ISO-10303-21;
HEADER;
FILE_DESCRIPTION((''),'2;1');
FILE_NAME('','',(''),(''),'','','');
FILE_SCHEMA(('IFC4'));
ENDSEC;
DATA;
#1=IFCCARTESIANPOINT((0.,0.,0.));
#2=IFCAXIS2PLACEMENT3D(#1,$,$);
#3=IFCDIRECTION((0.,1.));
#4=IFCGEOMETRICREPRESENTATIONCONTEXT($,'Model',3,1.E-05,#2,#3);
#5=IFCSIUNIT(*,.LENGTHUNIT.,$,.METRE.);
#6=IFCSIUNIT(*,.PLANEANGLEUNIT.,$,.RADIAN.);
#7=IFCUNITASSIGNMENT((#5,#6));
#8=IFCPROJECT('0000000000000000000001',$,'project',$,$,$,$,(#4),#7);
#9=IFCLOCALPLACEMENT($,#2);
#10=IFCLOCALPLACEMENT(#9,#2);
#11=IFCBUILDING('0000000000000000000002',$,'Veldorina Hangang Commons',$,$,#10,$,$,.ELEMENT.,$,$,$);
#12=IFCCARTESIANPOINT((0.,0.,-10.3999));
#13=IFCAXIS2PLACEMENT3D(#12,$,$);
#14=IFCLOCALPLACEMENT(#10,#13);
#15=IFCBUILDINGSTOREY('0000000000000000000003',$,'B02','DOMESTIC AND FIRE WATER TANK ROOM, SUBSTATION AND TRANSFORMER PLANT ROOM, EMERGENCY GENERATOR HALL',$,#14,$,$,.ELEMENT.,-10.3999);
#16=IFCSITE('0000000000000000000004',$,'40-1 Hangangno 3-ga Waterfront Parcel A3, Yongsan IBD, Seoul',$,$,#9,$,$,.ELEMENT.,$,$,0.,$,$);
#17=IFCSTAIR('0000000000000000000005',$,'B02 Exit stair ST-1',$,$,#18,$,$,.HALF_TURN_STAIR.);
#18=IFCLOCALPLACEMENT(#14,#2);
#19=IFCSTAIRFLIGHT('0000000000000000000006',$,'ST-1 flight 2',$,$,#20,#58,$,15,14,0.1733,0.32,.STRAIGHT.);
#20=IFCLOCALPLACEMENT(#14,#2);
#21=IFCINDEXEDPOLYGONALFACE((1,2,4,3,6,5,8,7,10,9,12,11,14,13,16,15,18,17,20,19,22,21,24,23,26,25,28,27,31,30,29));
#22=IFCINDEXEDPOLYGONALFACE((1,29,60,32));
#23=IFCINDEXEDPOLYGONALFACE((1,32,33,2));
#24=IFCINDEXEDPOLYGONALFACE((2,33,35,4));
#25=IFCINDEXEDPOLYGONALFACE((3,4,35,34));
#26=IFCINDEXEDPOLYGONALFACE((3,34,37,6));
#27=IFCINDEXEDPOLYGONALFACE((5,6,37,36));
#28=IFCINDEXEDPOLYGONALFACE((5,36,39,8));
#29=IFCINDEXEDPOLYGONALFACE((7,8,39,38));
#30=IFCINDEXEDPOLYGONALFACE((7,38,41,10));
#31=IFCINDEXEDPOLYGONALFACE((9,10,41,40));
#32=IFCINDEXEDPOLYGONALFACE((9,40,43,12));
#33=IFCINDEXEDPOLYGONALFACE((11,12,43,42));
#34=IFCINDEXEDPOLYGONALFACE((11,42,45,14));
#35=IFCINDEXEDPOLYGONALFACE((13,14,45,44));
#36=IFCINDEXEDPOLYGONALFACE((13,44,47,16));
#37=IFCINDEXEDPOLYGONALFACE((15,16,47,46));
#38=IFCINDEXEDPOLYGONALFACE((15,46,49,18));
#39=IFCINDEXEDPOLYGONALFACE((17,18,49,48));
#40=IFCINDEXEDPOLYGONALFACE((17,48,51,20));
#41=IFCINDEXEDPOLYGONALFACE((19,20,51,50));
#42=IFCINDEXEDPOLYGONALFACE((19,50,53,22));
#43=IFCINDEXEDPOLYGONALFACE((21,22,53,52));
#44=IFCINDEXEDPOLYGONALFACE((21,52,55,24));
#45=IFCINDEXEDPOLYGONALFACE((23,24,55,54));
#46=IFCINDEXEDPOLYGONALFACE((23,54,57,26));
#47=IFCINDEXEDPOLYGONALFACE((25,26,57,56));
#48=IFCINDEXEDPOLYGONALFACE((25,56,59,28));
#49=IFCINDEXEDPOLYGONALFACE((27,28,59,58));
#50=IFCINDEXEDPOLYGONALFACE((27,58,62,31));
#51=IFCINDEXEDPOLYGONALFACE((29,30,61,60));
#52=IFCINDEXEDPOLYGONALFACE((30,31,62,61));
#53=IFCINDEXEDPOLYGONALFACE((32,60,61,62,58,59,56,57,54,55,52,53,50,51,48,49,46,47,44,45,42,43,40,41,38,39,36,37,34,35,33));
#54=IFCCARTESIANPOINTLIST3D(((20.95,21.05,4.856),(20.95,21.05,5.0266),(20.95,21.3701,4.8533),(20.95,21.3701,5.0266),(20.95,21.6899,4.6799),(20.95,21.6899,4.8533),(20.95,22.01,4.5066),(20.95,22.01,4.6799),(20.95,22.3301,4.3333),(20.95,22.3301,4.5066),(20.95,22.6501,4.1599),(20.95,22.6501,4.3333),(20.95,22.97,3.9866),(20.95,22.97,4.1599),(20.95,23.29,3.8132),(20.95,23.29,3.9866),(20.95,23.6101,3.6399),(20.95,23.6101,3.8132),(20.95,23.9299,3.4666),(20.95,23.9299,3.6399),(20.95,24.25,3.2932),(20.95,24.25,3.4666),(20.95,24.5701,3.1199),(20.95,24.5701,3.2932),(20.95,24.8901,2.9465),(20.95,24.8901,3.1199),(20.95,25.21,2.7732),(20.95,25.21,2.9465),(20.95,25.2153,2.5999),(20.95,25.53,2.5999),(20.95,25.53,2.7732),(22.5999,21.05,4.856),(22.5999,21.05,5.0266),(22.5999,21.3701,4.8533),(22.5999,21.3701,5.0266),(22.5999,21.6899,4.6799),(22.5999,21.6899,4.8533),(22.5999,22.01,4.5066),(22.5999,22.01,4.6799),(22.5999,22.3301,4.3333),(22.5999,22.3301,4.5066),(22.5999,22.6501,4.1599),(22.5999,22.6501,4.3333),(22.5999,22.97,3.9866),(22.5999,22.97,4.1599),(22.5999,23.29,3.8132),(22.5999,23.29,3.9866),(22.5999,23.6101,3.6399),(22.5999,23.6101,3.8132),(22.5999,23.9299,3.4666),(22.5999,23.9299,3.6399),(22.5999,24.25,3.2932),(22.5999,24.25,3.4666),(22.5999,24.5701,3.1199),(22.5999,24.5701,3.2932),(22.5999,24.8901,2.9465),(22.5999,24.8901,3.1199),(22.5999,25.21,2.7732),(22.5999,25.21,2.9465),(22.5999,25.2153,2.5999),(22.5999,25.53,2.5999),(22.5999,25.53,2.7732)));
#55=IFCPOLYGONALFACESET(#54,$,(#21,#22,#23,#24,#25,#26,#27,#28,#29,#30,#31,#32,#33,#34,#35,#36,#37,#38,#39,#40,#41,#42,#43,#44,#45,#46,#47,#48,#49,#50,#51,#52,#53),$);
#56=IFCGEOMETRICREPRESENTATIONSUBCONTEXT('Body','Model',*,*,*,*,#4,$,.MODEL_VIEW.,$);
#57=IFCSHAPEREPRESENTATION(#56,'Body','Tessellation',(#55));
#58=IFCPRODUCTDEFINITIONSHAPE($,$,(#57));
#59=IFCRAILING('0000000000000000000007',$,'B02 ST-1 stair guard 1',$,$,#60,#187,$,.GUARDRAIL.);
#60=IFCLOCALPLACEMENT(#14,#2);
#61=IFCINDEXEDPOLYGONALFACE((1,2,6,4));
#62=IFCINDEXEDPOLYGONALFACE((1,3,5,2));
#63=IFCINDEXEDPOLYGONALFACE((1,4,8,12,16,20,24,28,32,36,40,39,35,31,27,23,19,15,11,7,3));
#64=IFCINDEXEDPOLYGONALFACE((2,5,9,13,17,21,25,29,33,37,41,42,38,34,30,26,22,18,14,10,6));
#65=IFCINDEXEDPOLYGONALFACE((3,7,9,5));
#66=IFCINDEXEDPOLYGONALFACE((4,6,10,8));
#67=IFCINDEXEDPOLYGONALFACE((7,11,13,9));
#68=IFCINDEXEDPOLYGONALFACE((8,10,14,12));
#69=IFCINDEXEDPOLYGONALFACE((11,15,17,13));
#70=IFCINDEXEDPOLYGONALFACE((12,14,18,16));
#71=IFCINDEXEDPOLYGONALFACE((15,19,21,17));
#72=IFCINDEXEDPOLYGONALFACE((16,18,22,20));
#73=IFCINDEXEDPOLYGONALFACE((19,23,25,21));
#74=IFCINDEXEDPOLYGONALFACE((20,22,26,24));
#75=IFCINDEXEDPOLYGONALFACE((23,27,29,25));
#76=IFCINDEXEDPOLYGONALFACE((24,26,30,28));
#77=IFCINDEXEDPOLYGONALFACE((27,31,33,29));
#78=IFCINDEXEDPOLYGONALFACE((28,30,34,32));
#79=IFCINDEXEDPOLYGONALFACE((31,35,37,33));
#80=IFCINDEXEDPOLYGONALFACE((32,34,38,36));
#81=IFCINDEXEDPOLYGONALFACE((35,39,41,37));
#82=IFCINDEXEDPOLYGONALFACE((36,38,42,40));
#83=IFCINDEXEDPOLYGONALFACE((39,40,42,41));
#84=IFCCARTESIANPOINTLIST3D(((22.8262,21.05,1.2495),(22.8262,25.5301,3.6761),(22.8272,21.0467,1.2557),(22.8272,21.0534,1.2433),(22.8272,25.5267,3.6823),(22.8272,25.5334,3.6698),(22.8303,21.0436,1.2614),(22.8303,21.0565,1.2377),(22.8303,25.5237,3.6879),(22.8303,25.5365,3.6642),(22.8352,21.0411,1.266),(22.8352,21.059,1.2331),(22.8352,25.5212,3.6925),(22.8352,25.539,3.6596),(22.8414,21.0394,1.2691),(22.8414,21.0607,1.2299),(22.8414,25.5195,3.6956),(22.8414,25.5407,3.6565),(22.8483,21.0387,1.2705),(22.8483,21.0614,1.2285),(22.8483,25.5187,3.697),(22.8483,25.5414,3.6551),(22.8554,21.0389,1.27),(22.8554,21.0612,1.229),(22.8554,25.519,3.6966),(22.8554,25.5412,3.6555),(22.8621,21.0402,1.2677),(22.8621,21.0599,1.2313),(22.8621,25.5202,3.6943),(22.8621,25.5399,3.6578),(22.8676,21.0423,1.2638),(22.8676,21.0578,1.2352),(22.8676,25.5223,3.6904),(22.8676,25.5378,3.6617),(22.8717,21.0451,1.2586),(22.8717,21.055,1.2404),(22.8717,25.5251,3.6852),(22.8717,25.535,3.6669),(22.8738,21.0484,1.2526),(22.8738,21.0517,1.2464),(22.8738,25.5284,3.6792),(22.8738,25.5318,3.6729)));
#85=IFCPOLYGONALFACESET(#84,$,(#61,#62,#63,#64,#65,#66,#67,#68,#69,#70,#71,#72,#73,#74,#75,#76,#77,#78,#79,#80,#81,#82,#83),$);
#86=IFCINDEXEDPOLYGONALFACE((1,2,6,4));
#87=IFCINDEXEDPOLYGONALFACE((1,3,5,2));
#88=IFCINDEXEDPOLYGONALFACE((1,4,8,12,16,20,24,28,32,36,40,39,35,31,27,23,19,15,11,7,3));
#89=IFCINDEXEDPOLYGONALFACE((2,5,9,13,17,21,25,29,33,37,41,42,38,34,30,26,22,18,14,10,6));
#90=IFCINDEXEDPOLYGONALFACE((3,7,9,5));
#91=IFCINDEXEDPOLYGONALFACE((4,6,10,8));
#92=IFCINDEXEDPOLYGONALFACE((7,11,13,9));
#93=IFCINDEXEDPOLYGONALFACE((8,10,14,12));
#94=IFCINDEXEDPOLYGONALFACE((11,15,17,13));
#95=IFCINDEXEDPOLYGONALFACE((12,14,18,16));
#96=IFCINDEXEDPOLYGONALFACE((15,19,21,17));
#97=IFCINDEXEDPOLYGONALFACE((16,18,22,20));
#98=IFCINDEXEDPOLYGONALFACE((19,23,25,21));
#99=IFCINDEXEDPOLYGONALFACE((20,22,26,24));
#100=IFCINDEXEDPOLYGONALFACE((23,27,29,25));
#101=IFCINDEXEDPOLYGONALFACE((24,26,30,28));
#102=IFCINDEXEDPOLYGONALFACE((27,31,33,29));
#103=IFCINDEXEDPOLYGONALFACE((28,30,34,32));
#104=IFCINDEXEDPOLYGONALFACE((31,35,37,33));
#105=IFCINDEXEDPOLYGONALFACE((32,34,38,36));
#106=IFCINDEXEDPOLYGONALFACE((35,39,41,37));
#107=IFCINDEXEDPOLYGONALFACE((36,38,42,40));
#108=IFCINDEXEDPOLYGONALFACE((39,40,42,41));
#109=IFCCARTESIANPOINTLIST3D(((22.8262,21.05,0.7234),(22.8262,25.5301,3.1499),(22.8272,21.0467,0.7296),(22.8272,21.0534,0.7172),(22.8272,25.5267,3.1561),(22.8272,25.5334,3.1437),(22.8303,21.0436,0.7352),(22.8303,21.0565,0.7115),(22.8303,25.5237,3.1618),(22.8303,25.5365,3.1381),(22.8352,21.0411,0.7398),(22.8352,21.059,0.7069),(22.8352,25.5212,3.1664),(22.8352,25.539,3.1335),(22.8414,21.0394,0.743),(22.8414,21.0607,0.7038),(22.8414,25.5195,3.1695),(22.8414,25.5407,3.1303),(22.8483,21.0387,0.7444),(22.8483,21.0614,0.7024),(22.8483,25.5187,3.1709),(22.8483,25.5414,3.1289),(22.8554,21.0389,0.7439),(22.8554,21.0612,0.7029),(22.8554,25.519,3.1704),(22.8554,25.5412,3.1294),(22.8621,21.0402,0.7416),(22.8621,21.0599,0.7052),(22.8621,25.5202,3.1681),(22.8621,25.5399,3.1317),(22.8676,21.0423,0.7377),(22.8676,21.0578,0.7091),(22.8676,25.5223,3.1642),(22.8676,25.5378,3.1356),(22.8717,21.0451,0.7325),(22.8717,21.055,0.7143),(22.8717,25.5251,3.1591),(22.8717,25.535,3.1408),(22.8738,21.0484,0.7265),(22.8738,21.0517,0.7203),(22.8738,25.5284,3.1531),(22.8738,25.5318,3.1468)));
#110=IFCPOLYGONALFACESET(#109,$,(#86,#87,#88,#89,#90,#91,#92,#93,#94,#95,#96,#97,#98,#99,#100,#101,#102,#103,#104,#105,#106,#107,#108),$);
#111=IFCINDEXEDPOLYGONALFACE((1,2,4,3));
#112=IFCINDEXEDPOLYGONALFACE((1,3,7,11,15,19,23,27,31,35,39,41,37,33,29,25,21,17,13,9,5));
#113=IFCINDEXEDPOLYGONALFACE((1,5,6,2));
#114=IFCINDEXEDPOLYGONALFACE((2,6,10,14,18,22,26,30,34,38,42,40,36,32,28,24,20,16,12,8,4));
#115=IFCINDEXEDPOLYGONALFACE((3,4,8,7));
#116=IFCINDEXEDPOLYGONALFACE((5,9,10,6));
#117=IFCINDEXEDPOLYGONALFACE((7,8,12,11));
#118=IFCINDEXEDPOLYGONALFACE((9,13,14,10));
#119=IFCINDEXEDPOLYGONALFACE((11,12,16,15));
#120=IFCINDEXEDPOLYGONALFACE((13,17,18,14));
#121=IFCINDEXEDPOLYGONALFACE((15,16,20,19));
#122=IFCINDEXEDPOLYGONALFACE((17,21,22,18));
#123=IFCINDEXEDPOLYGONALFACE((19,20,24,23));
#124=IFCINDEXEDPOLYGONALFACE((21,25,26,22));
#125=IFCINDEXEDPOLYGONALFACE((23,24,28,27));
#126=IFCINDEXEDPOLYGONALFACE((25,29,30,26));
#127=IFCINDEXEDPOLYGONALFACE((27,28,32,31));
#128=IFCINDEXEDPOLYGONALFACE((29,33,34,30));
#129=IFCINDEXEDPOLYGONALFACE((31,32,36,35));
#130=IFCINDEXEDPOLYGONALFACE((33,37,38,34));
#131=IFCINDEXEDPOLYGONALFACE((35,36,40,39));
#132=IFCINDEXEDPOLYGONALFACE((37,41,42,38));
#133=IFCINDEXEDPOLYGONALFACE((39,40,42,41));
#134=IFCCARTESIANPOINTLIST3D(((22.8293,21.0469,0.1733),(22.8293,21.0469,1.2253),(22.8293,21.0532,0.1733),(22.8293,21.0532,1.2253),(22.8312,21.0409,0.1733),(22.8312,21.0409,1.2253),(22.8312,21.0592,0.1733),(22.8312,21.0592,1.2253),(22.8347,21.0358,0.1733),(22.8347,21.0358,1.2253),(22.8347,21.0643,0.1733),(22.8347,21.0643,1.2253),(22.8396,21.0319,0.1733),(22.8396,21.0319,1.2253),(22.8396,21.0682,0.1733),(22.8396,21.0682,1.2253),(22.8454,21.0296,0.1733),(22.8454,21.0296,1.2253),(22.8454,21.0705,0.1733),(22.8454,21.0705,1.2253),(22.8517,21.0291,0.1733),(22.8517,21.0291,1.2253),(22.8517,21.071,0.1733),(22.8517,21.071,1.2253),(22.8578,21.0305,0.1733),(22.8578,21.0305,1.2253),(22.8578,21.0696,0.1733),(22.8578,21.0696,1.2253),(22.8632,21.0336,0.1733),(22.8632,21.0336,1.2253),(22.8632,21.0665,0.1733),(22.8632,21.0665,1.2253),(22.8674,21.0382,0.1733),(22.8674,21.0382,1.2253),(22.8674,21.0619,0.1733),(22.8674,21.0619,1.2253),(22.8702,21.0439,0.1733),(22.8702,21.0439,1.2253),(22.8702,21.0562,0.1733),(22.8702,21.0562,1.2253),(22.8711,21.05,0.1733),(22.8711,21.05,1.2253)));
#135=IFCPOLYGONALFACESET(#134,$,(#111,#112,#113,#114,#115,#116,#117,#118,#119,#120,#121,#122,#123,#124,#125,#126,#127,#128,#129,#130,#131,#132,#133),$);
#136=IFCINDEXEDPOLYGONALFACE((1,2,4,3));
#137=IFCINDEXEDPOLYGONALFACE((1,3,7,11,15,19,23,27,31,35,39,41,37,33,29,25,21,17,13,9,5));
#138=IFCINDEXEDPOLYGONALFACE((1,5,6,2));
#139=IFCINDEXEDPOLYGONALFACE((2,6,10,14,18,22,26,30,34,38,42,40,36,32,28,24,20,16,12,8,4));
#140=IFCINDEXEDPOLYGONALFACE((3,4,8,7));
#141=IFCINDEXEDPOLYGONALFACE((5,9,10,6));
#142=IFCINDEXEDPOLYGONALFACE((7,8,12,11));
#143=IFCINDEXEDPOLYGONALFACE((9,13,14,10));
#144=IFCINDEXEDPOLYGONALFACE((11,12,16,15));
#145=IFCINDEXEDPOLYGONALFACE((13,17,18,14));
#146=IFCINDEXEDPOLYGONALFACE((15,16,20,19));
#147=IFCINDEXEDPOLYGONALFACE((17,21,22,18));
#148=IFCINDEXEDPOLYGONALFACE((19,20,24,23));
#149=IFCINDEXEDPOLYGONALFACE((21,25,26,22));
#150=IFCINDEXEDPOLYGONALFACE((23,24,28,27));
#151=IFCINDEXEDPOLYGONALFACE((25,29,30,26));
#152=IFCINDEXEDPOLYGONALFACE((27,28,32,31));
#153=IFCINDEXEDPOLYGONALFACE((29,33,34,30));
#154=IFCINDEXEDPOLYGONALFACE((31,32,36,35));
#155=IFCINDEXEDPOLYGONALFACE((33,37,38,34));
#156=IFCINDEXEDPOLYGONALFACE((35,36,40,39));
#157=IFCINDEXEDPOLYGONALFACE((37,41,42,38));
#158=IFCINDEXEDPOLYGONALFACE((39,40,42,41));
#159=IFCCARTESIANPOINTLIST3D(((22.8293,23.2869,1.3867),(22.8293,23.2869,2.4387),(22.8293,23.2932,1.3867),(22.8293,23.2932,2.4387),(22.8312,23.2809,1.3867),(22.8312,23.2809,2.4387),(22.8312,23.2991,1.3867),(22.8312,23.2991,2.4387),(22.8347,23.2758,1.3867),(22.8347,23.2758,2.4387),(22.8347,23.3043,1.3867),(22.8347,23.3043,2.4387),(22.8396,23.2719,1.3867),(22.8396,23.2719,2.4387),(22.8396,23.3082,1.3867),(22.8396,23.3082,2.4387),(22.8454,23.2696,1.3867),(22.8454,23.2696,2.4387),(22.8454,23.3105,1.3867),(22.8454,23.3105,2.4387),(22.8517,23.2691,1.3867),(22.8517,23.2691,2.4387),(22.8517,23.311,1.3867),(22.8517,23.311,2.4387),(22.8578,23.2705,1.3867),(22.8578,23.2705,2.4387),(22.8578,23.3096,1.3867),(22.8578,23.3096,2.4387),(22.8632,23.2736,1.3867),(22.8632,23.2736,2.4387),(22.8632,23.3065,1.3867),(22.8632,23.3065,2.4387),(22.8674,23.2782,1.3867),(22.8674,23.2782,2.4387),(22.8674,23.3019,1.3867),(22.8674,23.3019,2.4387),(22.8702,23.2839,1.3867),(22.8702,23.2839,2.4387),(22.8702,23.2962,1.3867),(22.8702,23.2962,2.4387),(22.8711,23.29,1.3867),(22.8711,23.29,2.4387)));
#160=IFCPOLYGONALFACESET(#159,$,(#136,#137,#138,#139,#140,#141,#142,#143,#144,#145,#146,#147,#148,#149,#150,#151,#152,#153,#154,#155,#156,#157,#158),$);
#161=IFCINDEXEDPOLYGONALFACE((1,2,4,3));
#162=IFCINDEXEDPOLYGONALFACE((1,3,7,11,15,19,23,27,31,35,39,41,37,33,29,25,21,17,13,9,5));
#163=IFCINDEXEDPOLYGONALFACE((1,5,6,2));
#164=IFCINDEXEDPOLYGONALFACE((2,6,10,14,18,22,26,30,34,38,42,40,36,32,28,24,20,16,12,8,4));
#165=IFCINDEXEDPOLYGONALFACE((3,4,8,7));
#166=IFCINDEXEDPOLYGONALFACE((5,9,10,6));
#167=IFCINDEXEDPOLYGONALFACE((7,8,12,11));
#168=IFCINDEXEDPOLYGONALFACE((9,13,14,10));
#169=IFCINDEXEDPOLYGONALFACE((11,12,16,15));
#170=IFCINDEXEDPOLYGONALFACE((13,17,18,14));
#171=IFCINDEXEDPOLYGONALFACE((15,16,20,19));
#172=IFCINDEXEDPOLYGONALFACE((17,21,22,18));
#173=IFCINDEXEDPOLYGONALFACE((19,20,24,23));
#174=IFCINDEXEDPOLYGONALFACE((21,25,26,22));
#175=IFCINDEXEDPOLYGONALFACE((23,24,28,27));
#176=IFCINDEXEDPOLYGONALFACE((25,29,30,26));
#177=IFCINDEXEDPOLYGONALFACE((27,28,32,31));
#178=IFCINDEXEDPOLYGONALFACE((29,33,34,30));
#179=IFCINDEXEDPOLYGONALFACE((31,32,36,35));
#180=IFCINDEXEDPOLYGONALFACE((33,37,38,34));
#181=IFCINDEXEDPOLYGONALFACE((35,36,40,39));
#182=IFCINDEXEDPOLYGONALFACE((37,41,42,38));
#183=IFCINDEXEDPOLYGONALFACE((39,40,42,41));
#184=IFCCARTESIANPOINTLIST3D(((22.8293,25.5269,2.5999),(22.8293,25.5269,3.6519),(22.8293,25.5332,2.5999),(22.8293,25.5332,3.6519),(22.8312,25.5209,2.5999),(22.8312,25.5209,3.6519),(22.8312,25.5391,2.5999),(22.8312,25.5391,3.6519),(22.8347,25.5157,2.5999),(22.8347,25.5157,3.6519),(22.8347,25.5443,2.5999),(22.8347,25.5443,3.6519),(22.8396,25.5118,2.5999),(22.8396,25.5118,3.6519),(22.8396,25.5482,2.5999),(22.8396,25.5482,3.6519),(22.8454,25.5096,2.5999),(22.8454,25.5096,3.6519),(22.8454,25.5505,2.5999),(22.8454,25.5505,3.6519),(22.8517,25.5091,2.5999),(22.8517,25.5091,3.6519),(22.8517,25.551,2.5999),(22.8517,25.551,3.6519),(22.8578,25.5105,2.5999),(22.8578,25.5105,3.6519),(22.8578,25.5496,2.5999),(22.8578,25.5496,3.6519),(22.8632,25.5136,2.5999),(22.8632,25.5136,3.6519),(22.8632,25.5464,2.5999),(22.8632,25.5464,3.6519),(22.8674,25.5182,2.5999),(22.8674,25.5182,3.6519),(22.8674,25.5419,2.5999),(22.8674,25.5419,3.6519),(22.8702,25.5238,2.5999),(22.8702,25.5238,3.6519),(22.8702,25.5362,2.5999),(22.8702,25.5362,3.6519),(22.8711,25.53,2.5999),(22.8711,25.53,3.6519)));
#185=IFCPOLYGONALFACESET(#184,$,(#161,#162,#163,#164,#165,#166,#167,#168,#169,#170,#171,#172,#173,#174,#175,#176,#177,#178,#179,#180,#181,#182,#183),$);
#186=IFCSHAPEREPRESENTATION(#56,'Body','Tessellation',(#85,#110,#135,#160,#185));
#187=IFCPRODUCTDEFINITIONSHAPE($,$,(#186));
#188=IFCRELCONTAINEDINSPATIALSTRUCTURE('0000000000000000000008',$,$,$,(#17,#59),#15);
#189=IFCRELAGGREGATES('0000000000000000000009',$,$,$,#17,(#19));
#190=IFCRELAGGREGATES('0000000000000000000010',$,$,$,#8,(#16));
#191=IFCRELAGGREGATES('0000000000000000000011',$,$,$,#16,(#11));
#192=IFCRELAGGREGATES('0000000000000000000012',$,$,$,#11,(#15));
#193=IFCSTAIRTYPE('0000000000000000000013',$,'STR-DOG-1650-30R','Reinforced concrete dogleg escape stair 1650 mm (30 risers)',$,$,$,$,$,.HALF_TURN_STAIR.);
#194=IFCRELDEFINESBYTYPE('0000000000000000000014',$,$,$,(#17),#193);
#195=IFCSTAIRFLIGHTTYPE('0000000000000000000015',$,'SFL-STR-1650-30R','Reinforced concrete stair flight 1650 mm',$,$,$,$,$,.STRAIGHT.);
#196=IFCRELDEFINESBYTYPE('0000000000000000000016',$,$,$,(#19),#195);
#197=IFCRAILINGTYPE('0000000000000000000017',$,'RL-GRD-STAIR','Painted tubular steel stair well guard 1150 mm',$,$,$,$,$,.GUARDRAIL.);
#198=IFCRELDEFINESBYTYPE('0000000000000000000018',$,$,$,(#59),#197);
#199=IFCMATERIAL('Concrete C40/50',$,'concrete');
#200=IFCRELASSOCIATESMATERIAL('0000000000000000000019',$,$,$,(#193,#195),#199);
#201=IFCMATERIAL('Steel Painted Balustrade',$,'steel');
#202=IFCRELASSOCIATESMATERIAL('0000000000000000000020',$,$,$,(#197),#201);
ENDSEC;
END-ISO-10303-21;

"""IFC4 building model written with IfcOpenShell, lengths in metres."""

from ifc_helpers import new_model, si_unit, direction, frame, origin, origin_2d, place, context, subcontext, project, spatial, polyline, circle, outline, extrude, material, type_object, element, aggregate, save


model = new_model("IFC4")

# Units and contexts
model_context = context("Model", 3, precision=1e-05, world=origin(), true_north=direction((0.0, 1.0)))
body_context = subcontext(model_context, "Body", "Model", "MODEL_VIEW")
ifc_project = project(units=[si_unit("LENGTHUNIT", "METRE"), si_unit("PLANEANGLEUNIT", "RADIAN")], contexts=[model_context])

# Site, building, storey
site_placement = place(None, origin())
site = spatial("IfcSite", under=ifc_project, at=site_placement, Name="40-1 Hangangno 3-ga Waterfront Parcel A3, Yongsan IBD, Seoul", CompositionType="ELEMENT", RefElevation=0.0)
building_placement = place(site_placement, origin())
building = spatial("IfcBuilding", under=site, at=building_placement, Name="Veldorina Hangang Commons", CompositionType="ELEMENT")
storey_placement = place(building_placement, frame((0.0, 0.0, -10.3999)))
storey = spatial("IfcBuildingStorey", under=building, at=storey_placement, Name="B02", Description="DOMESTIC AND FIRE WATER TANK ROOM, SUBSTATION AND TRANSFORMER PLANT ROOM, EMERGENCY GENERATOR HALL", CompositionType="ELEMENT", Elevation=-10.3999)

# Stair, stair flight
ifc_material_1 = material(Name="Concrete C40/50", Category="concrete")
stair_type = type_object("IfcStairType", Name="STR-DOG-1650-30R", Description="Reinforced concrete dogleg escape stair 1650 mm (30 risers)", PredefinedType="HALF_TURN_STAIR", material=ifc_material_1)
stair_placement = place(storey_placement, origin())
stair = element("IfcStair", 1, at=stair_placement, inside=storey, type_object=stair_type, Name="B02 Exit stair ST-1", PredefinedType="HALF_TURN_STAIR")
stair_flight_type = type_object("IfcStairFlightType", Name="SFL-STR-1650-30R", Description="Reinforced concrete stair flight 1650 mm", PredefinedType="STRAIGHT", material=ifc_material_1)
stair_flight_1_placement = place(storey_placement, frame((21.7749, 25.53, 2.5999), z_axis=(0.0, 0.0, 1.0), x_axis=(0.0, -1.0, 0.0)))
stair_flight_1 = element("IfcStairFlight", 2, at=stair_flight_1_placement, type_object=stair_flight_type, Name="ST-1 flight 2", NumberOfRisers=15, NumberOfTreads=14, PredefinedType="STRAIGHT", RiserHeight=0.1733, TreadLength=0.32, context=body_context, shape_type="SweptSolid", body=[
    extrude(outline(polyline([(0.0, 0.0), (0.0, 0.1733), (0.3201, 0.1733), (0.3201, 0.3467), (0.6399, 0.3467), (0.6399, 0.52), (0.96, 0.52), (0.96, 0.6934), (1.28, 0.6934), (1.28, 0.8667), (1.6001, 0.8667), (1.6001, 1.04), (1.9199, 1.04), (1.9199, 1.2134), (2.24, 1.2134), (2.24, 1.3867), (2.5601, 1.3867), (2.5601, 1.5601), (2.8799, 1.5601), (2.8799, 1.7334), (3.2, 1.7334), (3.2, 1.9067), (3.52, 1.9067), (3.52, 2.0801), (3.8401, 2.0801), (3.8401, 2.2534), (4.1599, 2.2534), (4.1599, 2.4268), (4.48, 2.4268), (4.48, 2.6001), (4.48, 2.2561), (0.3147, 0.0), (0.0, 0.0)])), frame((0.0, 0.825, 0.0), z_axis=(0.0, -1.0, 0.0), x_axis=(1.0, 0.0, 0.0)), (0.0, 0.0, 1.0), 1.6499),
])
aggregate(stair, [stair_flight_1])

# Railing
ifc_material_2 = material(Name="Steel Painted Balustrade", Category="steel")
railing_type_1 = type_object("IfcRailingType", Name="RL-GRD-STAIR", Description="Painted tubular steel stair well guard 1150 mm", PredefinedType="GUARDRAIL", material=ifc_material_2)
railing_1_placement = place(storey_placement, frame((22.8501, 21.05, 0.1733)))
element("IfcRailing", 3, at=railing_1_placement, inside=storey, type_object=railing_type_1, Name="B02 ST-1 stair guard 1", PredefinedType="GUARDRAIL", context=body_context, shape_type="SweptSolid", body=[
    extrude(circle(Radius=0.0239, at=origin_2d()), frame((0.0, 0.0, 1.0762), z_axis=(0.0, 0.879304, 0.476262), x_axis=(-1.0, 0.0, 0.0)), (0.0, 0.0, 1.0), 5.095),
    extrude(circle(Radius=0.0239, at=origin_2d()), frame((0.0, 0.0, 0.55), z_axis=(0.0, 0.879304, 0.476262), x_axis=(-1.0, 0.0, 0.0)), (0.0, 0.0, 1.0), 5.095),
    extrude(circle(Radius=0.021, at=origin_2d()), origin(), (0.0, 0.0, 1.0), 1.052),
    extrude(circle(Radius=0.021, at=origin_2d()), frame((0.0, 2.24, 1.2134)), (0.0, 0.0, 1.0), 1.052),
    extrude(circle(Radius=0.021, at=origin_2d()), frame((0.0, 4.48, 2.4265)), (0.0, 0.0, 1.0), 1.052),
])

save(model, "model.ifc")
